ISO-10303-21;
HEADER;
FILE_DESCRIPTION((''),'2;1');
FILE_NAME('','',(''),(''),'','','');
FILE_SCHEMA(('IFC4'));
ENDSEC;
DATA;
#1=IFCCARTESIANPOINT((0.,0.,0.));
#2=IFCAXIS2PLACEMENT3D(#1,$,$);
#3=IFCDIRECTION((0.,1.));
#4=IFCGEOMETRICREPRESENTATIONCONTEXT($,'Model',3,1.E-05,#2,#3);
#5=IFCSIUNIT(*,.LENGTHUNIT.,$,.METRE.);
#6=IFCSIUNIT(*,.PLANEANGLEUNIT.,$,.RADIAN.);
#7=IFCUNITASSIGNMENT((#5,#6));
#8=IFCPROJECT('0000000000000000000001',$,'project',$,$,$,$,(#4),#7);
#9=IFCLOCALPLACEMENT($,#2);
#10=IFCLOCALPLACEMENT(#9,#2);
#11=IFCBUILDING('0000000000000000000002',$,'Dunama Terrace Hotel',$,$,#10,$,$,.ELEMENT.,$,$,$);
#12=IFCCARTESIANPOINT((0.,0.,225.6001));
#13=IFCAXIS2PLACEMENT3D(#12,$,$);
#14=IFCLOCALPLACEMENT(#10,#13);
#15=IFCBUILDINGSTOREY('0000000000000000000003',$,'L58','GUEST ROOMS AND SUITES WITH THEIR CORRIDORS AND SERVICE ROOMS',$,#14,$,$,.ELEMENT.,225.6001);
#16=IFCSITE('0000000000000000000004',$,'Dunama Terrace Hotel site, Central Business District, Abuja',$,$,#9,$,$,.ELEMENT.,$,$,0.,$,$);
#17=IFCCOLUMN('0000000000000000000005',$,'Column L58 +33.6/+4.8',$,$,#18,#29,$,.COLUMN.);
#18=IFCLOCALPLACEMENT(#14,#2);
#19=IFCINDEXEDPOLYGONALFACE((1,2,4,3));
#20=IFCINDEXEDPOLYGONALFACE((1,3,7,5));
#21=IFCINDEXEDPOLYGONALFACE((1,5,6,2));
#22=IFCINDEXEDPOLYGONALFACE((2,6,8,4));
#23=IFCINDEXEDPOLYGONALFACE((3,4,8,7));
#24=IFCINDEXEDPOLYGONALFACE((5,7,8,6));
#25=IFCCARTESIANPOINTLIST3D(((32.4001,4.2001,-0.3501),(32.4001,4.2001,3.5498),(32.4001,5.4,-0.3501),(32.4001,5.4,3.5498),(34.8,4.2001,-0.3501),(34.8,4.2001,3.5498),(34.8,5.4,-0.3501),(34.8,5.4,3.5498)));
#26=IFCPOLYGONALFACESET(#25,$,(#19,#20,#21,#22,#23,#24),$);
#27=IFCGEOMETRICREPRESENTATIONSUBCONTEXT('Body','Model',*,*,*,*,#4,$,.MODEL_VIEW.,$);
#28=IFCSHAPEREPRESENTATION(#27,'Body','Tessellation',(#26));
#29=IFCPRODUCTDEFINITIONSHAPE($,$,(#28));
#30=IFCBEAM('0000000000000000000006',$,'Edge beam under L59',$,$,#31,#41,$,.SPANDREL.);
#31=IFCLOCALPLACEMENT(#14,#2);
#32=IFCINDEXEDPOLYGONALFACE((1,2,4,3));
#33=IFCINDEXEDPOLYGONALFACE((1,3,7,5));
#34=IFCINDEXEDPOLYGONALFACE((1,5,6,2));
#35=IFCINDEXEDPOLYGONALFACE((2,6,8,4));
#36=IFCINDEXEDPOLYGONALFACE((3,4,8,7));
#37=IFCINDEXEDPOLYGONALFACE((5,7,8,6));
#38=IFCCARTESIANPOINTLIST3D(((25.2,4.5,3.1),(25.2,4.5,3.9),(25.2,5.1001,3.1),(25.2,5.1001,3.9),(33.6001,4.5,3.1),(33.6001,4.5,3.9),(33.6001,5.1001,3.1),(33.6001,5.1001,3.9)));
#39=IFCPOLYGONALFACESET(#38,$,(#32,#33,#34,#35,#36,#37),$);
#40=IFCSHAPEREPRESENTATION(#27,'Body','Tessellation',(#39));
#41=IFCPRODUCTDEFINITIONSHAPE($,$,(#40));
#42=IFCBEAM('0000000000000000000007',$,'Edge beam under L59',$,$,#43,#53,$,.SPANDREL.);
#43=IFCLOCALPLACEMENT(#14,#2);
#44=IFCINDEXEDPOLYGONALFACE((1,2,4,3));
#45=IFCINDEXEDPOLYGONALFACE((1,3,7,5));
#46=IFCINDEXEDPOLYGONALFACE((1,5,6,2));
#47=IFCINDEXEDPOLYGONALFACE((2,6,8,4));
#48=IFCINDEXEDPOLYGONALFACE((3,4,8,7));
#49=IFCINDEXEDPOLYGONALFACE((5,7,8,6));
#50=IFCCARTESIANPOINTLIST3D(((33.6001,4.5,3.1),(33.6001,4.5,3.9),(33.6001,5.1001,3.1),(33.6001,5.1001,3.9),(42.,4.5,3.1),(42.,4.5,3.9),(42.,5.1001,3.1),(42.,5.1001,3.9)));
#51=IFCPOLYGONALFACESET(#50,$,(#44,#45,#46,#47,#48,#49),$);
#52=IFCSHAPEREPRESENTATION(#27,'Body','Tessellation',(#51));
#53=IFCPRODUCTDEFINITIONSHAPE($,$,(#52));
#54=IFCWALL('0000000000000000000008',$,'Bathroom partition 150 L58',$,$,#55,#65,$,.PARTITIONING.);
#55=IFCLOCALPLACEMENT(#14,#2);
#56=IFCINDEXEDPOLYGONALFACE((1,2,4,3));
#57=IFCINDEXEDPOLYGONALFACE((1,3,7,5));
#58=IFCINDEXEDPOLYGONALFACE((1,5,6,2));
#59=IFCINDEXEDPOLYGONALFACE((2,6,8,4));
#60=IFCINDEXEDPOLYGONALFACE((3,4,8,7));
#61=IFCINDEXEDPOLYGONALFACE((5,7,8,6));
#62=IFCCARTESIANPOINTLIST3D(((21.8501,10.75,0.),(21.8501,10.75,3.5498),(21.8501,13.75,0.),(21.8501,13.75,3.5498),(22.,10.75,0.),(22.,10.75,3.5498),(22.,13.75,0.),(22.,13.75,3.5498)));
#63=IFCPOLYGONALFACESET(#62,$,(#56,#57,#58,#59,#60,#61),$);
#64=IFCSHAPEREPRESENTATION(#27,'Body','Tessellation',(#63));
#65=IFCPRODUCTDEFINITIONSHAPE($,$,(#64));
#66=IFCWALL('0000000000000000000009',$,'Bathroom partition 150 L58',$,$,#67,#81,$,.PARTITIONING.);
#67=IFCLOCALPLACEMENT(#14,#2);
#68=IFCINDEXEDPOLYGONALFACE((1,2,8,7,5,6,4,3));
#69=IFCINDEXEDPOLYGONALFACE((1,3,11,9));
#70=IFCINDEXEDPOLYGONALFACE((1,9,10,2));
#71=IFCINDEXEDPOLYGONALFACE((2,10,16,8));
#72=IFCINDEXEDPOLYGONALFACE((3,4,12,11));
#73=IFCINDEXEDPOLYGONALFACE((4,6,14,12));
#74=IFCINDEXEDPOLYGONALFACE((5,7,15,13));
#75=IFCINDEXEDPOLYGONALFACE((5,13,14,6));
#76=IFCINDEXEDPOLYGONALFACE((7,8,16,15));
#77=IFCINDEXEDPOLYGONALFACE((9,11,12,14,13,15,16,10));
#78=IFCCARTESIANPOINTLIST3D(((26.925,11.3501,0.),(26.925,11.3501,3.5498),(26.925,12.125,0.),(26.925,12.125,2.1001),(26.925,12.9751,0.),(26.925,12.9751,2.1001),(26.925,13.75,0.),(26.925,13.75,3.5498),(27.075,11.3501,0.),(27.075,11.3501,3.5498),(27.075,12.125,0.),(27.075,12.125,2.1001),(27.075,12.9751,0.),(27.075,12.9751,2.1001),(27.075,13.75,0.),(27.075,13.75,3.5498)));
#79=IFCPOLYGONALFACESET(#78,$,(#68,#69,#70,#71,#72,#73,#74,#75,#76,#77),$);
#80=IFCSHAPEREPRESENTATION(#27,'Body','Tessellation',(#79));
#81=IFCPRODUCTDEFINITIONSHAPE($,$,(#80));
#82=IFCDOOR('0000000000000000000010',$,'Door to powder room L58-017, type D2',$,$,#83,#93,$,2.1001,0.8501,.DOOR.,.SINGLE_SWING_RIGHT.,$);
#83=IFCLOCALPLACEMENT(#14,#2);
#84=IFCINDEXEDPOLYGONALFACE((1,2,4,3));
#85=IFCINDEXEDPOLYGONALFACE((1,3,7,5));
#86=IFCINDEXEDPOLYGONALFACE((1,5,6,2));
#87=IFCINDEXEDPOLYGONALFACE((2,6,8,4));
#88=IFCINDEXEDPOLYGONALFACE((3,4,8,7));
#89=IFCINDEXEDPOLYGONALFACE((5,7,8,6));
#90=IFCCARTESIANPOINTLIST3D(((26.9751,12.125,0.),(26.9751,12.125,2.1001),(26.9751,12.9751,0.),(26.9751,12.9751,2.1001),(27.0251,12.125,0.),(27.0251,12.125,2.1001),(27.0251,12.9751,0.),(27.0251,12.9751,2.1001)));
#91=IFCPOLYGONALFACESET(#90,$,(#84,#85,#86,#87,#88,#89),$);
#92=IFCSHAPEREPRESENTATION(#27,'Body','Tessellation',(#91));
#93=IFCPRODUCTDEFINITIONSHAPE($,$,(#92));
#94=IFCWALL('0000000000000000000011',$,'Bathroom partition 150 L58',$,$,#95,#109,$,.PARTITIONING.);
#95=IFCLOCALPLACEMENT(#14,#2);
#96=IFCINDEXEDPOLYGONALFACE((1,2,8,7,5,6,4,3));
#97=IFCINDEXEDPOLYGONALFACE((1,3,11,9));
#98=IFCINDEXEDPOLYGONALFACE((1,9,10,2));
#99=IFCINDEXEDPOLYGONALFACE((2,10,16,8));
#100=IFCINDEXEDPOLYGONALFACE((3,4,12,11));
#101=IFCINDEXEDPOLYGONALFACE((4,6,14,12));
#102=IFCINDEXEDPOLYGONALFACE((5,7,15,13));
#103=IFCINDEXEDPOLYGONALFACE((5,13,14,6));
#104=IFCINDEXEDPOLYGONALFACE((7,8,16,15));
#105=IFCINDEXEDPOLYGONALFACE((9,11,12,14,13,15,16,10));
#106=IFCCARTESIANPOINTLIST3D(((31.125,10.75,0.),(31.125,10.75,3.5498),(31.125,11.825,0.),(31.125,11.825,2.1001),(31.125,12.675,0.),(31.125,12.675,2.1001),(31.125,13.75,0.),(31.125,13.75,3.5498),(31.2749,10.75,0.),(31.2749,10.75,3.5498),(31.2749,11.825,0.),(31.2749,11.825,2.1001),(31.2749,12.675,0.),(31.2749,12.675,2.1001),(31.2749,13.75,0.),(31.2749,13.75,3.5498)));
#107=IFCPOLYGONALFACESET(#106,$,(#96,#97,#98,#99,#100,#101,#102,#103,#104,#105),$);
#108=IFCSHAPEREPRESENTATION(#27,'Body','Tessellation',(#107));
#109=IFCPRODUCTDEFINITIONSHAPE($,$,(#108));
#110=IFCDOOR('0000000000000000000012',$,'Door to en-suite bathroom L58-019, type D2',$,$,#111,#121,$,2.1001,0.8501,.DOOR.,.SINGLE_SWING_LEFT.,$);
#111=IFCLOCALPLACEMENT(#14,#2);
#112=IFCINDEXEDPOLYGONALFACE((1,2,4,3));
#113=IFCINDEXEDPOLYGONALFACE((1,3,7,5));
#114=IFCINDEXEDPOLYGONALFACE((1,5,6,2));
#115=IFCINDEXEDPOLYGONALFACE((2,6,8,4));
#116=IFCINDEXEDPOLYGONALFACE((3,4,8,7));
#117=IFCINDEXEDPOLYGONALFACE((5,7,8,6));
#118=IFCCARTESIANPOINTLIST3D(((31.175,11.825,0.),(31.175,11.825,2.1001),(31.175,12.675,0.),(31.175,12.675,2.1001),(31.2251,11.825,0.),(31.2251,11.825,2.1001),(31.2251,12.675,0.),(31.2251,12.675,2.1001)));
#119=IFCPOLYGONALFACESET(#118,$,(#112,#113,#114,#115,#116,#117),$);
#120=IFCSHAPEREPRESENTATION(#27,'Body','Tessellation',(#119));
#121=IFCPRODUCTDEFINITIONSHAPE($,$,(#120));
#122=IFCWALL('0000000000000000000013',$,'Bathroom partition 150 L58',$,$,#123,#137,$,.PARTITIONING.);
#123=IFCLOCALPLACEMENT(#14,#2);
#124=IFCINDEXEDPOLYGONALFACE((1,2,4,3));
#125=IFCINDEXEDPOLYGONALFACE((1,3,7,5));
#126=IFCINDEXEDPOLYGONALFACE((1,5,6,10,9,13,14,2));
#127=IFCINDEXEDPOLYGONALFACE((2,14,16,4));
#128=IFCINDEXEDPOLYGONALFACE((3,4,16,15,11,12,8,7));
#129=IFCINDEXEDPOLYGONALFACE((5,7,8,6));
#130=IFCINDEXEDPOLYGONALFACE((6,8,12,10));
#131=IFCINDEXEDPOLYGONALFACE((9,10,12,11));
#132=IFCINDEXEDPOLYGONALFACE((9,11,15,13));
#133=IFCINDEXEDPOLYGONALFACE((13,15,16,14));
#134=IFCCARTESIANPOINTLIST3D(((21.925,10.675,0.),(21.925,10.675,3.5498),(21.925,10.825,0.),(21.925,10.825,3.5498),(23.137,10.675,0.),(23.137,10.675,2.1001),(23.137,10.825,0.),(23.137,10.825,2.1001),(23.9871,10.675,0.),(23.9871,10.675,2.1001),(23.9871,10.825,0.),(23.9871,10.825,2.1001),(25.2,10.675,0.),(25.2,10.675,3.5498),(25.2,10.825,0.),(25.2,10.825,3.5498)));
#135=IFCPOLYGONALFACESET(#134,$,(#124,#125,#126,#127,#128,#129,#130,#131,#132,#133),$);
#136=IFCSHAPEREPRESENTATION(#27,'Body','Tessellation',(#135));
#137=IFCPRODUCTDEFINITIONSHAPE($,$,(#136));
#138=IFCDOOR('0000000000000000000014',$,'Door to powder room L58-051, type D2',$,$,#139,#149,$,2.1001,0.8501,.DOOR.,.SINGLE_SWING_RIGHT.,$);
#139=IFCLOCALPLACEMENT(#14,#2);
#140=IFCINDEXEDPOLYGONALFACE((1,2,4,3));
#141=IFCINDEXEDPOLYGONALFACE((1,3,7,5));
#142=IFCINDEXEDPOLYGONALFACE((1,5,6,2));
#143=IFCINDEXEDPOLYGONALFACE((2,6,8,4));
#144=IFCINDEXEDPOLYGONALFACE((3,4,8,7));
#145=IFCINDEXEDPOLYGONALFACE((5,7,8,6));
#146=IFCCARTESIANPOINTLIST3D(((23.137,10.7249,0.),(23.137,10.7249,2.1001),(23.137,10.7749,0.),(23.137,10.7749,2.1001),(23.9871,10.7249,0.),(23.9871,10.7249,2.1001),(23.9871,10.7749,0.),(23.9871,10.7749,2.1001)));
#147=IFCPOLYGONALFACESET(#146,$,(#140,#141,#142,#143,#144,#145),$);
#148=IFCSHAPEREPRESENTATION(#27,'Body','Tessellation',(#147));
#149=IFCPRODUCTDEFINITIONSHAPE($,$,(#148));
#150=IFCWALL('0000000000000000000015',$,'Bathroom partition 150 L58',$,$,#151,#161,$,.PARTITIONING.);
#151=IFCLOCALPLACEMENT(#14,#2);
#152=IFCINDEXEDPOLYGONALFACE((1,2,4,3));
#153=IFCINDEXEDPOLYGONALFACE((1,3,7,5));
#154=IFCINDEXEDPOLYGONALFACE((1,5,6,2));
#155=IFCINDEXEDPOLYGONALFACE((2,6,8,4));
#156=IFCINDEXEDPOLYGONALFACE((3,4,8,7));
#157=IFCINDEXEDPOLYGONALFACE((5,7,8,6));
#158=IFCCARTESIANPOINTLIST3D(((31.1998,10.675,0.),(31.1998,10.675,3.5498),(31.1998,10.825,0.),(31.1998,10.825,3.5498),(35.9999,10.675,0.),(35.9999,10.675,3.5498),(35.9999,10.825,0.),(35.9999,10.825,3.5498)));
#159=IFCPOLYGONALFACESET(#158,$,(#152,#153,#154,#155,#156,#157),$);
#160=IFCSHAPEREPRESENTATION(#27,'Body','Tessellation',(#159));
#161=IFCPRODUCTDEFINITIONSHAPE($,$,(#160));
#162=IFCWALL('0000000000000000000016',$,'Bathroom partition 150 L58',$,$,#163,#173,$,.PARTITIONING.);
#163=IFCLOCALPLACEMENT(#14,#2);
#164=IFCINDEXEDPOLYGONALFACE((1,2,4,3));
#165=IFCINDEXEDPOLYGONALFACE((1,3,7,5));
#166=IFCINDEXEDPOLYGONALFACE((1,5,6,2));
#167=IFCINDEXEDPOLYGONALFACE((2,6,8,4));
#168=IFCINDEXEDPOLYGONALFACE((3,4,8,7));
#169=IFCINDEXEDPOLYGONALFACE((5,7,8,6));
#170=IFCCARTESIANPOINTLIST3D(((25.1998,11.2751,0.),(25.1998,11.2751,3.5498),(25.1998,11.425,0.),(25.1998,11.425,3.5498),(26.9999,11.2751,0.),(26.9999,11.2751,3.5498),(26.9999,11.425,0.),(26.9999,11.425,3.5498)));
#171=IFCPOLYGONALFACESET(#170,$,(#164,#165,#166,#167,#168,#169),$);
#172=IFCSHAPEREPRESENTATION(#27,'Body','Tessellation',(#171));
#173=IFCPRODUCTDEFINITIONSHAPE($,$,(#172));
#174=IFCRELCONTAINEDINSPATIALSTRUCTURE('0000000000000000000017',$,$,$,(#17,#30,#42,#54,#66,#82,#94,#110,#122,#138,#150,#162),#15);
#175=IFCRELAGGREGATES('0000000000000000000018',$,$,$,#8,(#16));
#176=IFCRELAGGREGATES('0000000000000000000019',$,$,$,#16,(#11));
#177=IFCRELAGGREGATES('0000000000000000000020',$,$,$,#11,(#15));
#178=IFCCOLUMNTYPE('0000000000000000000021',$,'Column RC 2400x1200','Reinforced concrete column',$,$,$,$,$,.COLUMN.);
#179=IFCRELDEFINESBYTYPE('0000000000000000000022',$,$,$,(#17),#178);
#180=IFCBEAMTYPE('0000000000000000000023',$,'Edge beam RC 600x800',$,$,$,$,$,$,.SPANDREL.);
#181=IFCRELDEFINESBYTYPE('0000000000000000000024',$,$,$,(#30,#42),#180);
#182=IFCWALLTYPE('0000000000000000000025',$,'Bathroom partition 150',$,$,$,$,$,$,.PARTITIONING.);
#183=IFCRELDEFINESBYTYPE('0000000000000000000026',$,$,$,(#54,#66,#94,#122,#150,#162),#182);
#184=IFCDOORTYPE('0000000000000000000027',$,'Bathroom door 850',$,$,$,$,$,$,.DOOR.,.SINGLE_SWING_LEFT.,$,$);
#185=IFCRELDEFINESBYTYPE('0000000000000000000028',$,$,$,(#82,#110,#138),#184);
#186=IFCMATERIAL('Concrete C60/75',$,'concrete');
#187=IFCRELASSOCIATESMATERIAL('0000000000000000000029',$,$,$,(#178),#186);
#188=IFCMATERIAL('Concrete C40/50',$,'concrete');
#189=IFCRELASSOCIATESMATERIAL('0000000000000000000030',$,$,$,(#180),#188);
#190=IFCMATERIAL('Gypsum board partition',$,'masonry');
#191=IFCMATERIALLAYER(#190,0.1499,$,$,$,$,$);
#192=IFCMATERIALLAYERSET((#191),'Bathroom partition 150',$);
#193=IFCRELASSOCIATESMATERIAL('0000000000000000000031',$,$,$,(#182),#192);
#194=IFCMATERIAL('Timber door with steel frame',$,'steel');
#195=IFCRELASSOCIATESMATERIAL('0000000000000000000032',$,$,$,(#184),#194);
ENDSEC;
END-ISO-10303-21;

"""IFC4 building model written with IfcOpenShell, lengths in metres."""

from ifc_helpers import new_model, si_unit, direction, frame, frame_2d, origin, origin_2d, place, context, subcontext, project, spatial, rectangle, extrude, material, layer, layer_set, material_profile, profile_set, type_object, element, fill, save


model = new_model("IFC4")

# Units and contexts
model_context = context("Model", 3, precision=1e-05, world=origin(), true_north=direction((0.0, 1.0)))
body_context = subcontext(model_context, "Body", "Model", "MODEL_VIEW")
ifc_project = project(units=[si_unit("LENGTHUNIT", "METRE"), si_unit("PLANEANGLEUNIT", "RADIAN")], contexts=[model_context])

# Site, building, storey
site_placement = place(None, origin())
site = spatial("IfcSite", under=ifc_project, at=site_placement, Name="Dunama Terrace Hotel site, Central Business District, Abuja", CompositionType="ELEMENT", RefElevation=0.0)
building_placement = place(site_placement, origin())
building = spatial("IfcBuilding", under=site, at=building_placement, Name="Dunama Terrace Hotel", CompositionType="ELEMENT")
storey_placement = place(building_placement, frame((0.0, 0.0, 225.6001)))
storey = spatial("IfcBuildingStorey", under=building, at=storey_placement, Name="L58", Description="GUEST ROOMS AND SUITES WITH THEIR CORRIDORS AND SERVICE ROOMS", CompositionType="ELEMENT", Elevation=225.6001)

# Column
ifc_material_1 = material(Name="Concrete C60/75", Category="concrete")
ifc_material_profile_1 = material_profile(ifc_material_1, rectangle(XDim=2.3999, YDim=1.2, at=origin_2d()), Name="RC 2400x1200")
ifc_profile_set_1 = profile_set([ifc_material_profile_1], Name="Concrete C60/75")
column_type = type_object("IfcColumnType", Name="Column RC 2400x1200", Description="Reinforced concrete column", PredefinedType="COLUMN", material=ifc_profile_set_1)
column_placement = place(storey_placement, frame((33.6001, 4.8, -0.3501), z_axis=(0.0, 0.0, 1.0), x_axis=(1.0, 0.0, 0.0)))
element("IfcColumn", 1, at=column_placement, inside=storey, type_object=column_type, Name="Column L58 +33.6/+4.8", PredefinedType="COLUMN", context=body_context, shape_type="SweptSolid", body=[
    extrude(rectangle(XDim=2.3999, YDim=1.2, at=origin_2d()), origin(), (0.0, 0.0, 1.0), 3.8999),
])

# Beams
ifc_material_2 = material(Name="Concrete C40/50", Category="concrete")
ifc_material_profile_2 = material_profile(ifc_material_2, rectangle(XDim=0.6001, YDim=0.8, at=origin_2d()), Name="RC 600x800")
ifc_profile_set_2 = profile_set([ifc_material_profile_2], Name="Concrete C40/50")
beam_type = type_object("IfcBeamType", Name="Edge beam RC 600x800", PredefinedType="SPANDREL", material=ifc_profile_set_2)
beam_1_placement = place(storey_placement, frame((25.2, 4.8, 3.5), z_axis=(1.0, 0.0, 0.0), x_axis=(0.0, 1.0, 0.0)))
element("IfcBeam", 2, at=beam_1_placement, inside=storey, type_object=beam_type, Name="Edge beam under L59", PredefinedType="SPANDREL", context=body_context, shape_type="SweptSolid", body=[
    extrude(rectangle(XDim=0.6001, YDim=0.8, at=origin_2d()), origin(), (0.0, 0.0, 1.0), 8.4001),
])
beam_2_placement = place(storey_placement, frame((33.6001, 4.8, 3.5), z_axis=(1.0, 0.0, 0.0), x_axis=(0.0, 1.0, 0.0)))
element("IfcBeam", 3, at=beam_2_placement, inside=storey, type_object=beam_type, Name="Edge beam under L59", PredefinedType="SPANDREL", context=body_context, shape_type="SweptSolid", body=[
    extrude(rectangle(XDim=0.6001, YDim=0.8, at=origin_2d()), origin(), (0.0, 0.0, 1.0), 8.3999),
])

# Wall
ifc_material_3 = material(Name="Gypsum board partition", Category="masonry")
ifc_layer = layer(ifc_material_3, 0.1499)
ifc_layer_set = layer_set([ifc_layer], Name="Bathroom partition 150")
wall_type = type_object("IfcWallType", Name="Bathroom partition 150", PredefinedType="PARTITIONING", material=ifc_layer_set)
wall_1_placement = place(storey_placement, frame((21.925, 10.75, 0.0), z_axis=(0.0, 0.0, 1.0), x_axis=(0.0, 1.0, 0.0)))
element("IfcWall", 4, at=wall_1_placement, inside=storey, type_object=wall_type, Name="Bathroom partition 150 L58", PredefinedType="PARTITIONING", context=body_context, shape_type="SweptSolid", body=[
    extrude(rectangle(XDim=3.0, YDim=0.1499, at=frame_2d((1.5, 0.0))), origin(), (0.0, 0.0, 1.0), 3.5498),
])

# Walls, openings, doors
wall_2_placement = place(storey_placement, frame((27.0, 11.3501, 0.0), z_axis=(0.0, 0.0, 1.0), x_axis=(0.0, 1.0, 0.0)))
wall_2 = element("IfcWall", 5, at=wall_2_placement, inside=storey, type_object=wall_type, Name="Bathroom partition 150 L58", PredefinedType="PARTITIONING", context=body_context, shape_type="SweptSolid", body=[
    extrude(rectangle(XDim=2.3999, YDim=0.1499, at=frame_2d((1.2, 0.0))), origin(), (0.0, 0.0, 1.0), 3.5498),
])
opening_1_placement = place(wall_2_placement, frame((0.7749, 0.0, 0.0)))
opening_1 = element("IfcOpeningElement", 6, at=opening_1_placement, cuts=wall_2, PredefinedType="OPENING", context=body_context, shape_type="SweptSolid", body=[
    extrude(rectangle(XDim=0.8501, YDim=2.1001, at=frame_2d((0.425, 1.05))), frame((0.0, 0.085, 0.0), z_axis=(0.0, -1.0, 0.0), x_axis=(1.0, 0.0, 0.0)), (0.0, 0.0, 1.0), 0.1699),
])
ifc_material_4 = material(Name="Timber door with steel frame", Category="steel")
door_type = type_object("IfcDoorType", Name="Bathroom door 850", OperationType="SINGLE_SWING_LEFT", PredefinedType="DOOR", material=ifc_material_4)
door_1_placement = place(opening_1_placement, origin())
door_1 = element("IfcDoor", 7, at=door_1_placement, inside=storey, type_object=door_type, Name="Door to powder room L58-017, type D2", OperationType="SINGLE_SWING_RIGHT", OverallHeight=2.1001, OverallWidth=0.8501, PredefinedType="DOOR", context=body_context, shape_type="SweptSolid", body=[
    extrude(rectangle(XDim=0.8501, YDim=2.1001, at=frame_2d((0.425, 1.05))), frame((0.0, 0.0249, 0.0), z_axis=(0.0, -1.0, 0.0), x_axis=(1.0, 0.0, 0.0)), (0.0, 0.0, 1.0), 0.05),
])
fill(opening_1, door_1)
wall_3_placement = place(storey_placement, frame((31.2, 10.75, 0.0), z_axis=(0.0, 0.0, 1.0), x_axis=(0.0, 1.0, 0.0)))
wall_3 = element("IfcWall", 8, at=wall_3_placement, inside=storey, type_object=wall_type, Name="Bathroom partition 150 L58", PredefinedType="PARTITIONING", context=body_context, shape_type="SweptSolid", body=[
    extrude(rectangle(XDim=3.0, YDim=0.1499, at=frame_2d((1.5, 0.0))), origin(), (0.0, 0.0, 1.0), 3.5498),
])
opening_2_placement = place(wall_3_placement, frame((1.075, 0.0, 0.0)))
opening_2 = element("IfcOpeningElement", 9, at=opening_2_placement, cuts=wall_3, PredefinedType="OPENING", context=body_context, shape_type="SweptSolid", body=[
    extrude(rectangle(XDim=0.8501, YDim=2.1001, at=frame_2d((0.425, 1.05))), frame((0.0, 0.085, 0.0), z_axis=(0.0, -1.0, 0.0), x_axis=(1.0, 0.0, 0.0)), (0.0, 0.0, 1.0), 0.1699),
])
door_2_placement = place(opening_2_placement, frame((0.8501, 0.0, 0.0), z_axis=(0.0, 0.0, 1.0), x_axis=(-1.0, 0.0, 0.0)))
door_2 = element("IfcDoor", 10, at=door_2_placement, inside=storey, type_object=door_type, Name="Door to en-suite bathroom L58-019, type D2", OperationType="SINGLE_SWING_LEFT", OverallHeight=2.1001, OverallWidth=0.8501, PredefinedType="DOOR", context=body_context, shape_type="SweptSolid", body=[
    extrude(rectangle(XDim=0.8501, YDim=2.1001, at=frame_2d((0.425, 1.05))), frame((0.0, 0.0251, 0.0), z_axis=(0.0, -1.0, 0.0), x_axis=(1.0, 0.0, 0.0)), (0.0, 0.0, 1.0), 0.05),
])
fill(opening_2, door_2)
wall_4_placement = place(storey_placement, frame((21.925, 10.75, 0.0), z_axis=(0.0, 0.0, 1.0), x_axis=(1.0, 0.0, 0.0)))
wall_4 = element("IfcWall", 11, at=wall_4_placement, inside=storey, type_object=wall_type, Name="Bathroom partition 150 L58", PredefinedType="PARTITIONING", context=body_context, shape_type="SweptSolid", body=[
    extrude(rectangle(XDim=3.2749, YDim=0.1499, at=frame_2d((1.6375, 0.0))), origin(), (0.0, 0.0, 1.0), 3.5498),
])
opening_3_placement = place(wall_4_placement, frame((1.2119, 0.0, 0.0)))
opening_3 = element("IfcOpeningElement", 12, at=opening_3_placement, cuts=wall_4, PredefinedType="OPENING", context=body_context, shape_type="SweptSolid", body=[
    extrude(rectangle(XDim=0.8501, YDim=2.1001, at=frame_2d((0.425, 1.05))), frame((0.0, 0.085, 0.0), z_axis=(0.0, -1.0, 0.0), x_axis=(1.0, 0.0, 0.0)), (0.0, 0.0, 1.0), 0.1699),
])
door_3_placement = place(opening_3_placement, origin())
door_3 = element("IfcDoor", 13, at=door_3_placement, inside=storey, type_object=door_type, Name="Door to powder room L58-051, type D2", OperationType="SINGLE_SWING_RIGHT", OverallHeight=2.1001, OverallWidth=0.8501, PredefinedType="DOOR", context=body_context, shape_type="SweptSolid", body=[
    extrude(rectangle(XDim=0.8501, YDim=2.1001, at=frame_2d((0.425, 1.05))), frame((0.0, 0.0249, 0.0), z_axis=(0.0, -1.0, 0.0), x_axis=(1.0, 0.0, 0.0)), (0.0, 0.0, 1.0), 0.05),
])
fill(opening_3, door_3)

# Walls
wall_5_placement = place(storey_placement, frame((31.2, 10.75, 0.0), z_axis=(0.0, 0.0, 1.0), x_axis=(1.0, 0.0, 0.0)))
element("IfcWall", 14, at=wall_5_placement, inside=storey, type_object=wall_type, Name="Bathroom partition 150 L58", PredefinedType="PARTITIONING", context=body_context, shape_type="SweptSolid", body=[
    extrude(rectangle(XDim=4.8, YDim=0.1499, at=frame_2d((2.3999, 0.0))), origin(), (0.0, 0.0, 1.0), 3.5498),
])
wall_6_placement = place(storey_placement, frame((25.2, 11.3501, 0.0), z_axis=(0.0, 0.0, 1.0), x_axis=(1.0, 0.0, 0.0)))
element("IfcWall", 15, at=wall_6_placement, inside=storey, type_object=wall_type, Name="Bathroom partition 150 L58", PredefinedType="PARTITIONING", context=body_context, shape_type="SweptSolid", body=[
    extrude(rectangle(XDim=1.8, YDim=0.1499, at=frame_2d((0.8999, 0.0))), origin(), (0.0, 0.0, 1.0), 3.5498),
])

save(model, "model.ifc")
